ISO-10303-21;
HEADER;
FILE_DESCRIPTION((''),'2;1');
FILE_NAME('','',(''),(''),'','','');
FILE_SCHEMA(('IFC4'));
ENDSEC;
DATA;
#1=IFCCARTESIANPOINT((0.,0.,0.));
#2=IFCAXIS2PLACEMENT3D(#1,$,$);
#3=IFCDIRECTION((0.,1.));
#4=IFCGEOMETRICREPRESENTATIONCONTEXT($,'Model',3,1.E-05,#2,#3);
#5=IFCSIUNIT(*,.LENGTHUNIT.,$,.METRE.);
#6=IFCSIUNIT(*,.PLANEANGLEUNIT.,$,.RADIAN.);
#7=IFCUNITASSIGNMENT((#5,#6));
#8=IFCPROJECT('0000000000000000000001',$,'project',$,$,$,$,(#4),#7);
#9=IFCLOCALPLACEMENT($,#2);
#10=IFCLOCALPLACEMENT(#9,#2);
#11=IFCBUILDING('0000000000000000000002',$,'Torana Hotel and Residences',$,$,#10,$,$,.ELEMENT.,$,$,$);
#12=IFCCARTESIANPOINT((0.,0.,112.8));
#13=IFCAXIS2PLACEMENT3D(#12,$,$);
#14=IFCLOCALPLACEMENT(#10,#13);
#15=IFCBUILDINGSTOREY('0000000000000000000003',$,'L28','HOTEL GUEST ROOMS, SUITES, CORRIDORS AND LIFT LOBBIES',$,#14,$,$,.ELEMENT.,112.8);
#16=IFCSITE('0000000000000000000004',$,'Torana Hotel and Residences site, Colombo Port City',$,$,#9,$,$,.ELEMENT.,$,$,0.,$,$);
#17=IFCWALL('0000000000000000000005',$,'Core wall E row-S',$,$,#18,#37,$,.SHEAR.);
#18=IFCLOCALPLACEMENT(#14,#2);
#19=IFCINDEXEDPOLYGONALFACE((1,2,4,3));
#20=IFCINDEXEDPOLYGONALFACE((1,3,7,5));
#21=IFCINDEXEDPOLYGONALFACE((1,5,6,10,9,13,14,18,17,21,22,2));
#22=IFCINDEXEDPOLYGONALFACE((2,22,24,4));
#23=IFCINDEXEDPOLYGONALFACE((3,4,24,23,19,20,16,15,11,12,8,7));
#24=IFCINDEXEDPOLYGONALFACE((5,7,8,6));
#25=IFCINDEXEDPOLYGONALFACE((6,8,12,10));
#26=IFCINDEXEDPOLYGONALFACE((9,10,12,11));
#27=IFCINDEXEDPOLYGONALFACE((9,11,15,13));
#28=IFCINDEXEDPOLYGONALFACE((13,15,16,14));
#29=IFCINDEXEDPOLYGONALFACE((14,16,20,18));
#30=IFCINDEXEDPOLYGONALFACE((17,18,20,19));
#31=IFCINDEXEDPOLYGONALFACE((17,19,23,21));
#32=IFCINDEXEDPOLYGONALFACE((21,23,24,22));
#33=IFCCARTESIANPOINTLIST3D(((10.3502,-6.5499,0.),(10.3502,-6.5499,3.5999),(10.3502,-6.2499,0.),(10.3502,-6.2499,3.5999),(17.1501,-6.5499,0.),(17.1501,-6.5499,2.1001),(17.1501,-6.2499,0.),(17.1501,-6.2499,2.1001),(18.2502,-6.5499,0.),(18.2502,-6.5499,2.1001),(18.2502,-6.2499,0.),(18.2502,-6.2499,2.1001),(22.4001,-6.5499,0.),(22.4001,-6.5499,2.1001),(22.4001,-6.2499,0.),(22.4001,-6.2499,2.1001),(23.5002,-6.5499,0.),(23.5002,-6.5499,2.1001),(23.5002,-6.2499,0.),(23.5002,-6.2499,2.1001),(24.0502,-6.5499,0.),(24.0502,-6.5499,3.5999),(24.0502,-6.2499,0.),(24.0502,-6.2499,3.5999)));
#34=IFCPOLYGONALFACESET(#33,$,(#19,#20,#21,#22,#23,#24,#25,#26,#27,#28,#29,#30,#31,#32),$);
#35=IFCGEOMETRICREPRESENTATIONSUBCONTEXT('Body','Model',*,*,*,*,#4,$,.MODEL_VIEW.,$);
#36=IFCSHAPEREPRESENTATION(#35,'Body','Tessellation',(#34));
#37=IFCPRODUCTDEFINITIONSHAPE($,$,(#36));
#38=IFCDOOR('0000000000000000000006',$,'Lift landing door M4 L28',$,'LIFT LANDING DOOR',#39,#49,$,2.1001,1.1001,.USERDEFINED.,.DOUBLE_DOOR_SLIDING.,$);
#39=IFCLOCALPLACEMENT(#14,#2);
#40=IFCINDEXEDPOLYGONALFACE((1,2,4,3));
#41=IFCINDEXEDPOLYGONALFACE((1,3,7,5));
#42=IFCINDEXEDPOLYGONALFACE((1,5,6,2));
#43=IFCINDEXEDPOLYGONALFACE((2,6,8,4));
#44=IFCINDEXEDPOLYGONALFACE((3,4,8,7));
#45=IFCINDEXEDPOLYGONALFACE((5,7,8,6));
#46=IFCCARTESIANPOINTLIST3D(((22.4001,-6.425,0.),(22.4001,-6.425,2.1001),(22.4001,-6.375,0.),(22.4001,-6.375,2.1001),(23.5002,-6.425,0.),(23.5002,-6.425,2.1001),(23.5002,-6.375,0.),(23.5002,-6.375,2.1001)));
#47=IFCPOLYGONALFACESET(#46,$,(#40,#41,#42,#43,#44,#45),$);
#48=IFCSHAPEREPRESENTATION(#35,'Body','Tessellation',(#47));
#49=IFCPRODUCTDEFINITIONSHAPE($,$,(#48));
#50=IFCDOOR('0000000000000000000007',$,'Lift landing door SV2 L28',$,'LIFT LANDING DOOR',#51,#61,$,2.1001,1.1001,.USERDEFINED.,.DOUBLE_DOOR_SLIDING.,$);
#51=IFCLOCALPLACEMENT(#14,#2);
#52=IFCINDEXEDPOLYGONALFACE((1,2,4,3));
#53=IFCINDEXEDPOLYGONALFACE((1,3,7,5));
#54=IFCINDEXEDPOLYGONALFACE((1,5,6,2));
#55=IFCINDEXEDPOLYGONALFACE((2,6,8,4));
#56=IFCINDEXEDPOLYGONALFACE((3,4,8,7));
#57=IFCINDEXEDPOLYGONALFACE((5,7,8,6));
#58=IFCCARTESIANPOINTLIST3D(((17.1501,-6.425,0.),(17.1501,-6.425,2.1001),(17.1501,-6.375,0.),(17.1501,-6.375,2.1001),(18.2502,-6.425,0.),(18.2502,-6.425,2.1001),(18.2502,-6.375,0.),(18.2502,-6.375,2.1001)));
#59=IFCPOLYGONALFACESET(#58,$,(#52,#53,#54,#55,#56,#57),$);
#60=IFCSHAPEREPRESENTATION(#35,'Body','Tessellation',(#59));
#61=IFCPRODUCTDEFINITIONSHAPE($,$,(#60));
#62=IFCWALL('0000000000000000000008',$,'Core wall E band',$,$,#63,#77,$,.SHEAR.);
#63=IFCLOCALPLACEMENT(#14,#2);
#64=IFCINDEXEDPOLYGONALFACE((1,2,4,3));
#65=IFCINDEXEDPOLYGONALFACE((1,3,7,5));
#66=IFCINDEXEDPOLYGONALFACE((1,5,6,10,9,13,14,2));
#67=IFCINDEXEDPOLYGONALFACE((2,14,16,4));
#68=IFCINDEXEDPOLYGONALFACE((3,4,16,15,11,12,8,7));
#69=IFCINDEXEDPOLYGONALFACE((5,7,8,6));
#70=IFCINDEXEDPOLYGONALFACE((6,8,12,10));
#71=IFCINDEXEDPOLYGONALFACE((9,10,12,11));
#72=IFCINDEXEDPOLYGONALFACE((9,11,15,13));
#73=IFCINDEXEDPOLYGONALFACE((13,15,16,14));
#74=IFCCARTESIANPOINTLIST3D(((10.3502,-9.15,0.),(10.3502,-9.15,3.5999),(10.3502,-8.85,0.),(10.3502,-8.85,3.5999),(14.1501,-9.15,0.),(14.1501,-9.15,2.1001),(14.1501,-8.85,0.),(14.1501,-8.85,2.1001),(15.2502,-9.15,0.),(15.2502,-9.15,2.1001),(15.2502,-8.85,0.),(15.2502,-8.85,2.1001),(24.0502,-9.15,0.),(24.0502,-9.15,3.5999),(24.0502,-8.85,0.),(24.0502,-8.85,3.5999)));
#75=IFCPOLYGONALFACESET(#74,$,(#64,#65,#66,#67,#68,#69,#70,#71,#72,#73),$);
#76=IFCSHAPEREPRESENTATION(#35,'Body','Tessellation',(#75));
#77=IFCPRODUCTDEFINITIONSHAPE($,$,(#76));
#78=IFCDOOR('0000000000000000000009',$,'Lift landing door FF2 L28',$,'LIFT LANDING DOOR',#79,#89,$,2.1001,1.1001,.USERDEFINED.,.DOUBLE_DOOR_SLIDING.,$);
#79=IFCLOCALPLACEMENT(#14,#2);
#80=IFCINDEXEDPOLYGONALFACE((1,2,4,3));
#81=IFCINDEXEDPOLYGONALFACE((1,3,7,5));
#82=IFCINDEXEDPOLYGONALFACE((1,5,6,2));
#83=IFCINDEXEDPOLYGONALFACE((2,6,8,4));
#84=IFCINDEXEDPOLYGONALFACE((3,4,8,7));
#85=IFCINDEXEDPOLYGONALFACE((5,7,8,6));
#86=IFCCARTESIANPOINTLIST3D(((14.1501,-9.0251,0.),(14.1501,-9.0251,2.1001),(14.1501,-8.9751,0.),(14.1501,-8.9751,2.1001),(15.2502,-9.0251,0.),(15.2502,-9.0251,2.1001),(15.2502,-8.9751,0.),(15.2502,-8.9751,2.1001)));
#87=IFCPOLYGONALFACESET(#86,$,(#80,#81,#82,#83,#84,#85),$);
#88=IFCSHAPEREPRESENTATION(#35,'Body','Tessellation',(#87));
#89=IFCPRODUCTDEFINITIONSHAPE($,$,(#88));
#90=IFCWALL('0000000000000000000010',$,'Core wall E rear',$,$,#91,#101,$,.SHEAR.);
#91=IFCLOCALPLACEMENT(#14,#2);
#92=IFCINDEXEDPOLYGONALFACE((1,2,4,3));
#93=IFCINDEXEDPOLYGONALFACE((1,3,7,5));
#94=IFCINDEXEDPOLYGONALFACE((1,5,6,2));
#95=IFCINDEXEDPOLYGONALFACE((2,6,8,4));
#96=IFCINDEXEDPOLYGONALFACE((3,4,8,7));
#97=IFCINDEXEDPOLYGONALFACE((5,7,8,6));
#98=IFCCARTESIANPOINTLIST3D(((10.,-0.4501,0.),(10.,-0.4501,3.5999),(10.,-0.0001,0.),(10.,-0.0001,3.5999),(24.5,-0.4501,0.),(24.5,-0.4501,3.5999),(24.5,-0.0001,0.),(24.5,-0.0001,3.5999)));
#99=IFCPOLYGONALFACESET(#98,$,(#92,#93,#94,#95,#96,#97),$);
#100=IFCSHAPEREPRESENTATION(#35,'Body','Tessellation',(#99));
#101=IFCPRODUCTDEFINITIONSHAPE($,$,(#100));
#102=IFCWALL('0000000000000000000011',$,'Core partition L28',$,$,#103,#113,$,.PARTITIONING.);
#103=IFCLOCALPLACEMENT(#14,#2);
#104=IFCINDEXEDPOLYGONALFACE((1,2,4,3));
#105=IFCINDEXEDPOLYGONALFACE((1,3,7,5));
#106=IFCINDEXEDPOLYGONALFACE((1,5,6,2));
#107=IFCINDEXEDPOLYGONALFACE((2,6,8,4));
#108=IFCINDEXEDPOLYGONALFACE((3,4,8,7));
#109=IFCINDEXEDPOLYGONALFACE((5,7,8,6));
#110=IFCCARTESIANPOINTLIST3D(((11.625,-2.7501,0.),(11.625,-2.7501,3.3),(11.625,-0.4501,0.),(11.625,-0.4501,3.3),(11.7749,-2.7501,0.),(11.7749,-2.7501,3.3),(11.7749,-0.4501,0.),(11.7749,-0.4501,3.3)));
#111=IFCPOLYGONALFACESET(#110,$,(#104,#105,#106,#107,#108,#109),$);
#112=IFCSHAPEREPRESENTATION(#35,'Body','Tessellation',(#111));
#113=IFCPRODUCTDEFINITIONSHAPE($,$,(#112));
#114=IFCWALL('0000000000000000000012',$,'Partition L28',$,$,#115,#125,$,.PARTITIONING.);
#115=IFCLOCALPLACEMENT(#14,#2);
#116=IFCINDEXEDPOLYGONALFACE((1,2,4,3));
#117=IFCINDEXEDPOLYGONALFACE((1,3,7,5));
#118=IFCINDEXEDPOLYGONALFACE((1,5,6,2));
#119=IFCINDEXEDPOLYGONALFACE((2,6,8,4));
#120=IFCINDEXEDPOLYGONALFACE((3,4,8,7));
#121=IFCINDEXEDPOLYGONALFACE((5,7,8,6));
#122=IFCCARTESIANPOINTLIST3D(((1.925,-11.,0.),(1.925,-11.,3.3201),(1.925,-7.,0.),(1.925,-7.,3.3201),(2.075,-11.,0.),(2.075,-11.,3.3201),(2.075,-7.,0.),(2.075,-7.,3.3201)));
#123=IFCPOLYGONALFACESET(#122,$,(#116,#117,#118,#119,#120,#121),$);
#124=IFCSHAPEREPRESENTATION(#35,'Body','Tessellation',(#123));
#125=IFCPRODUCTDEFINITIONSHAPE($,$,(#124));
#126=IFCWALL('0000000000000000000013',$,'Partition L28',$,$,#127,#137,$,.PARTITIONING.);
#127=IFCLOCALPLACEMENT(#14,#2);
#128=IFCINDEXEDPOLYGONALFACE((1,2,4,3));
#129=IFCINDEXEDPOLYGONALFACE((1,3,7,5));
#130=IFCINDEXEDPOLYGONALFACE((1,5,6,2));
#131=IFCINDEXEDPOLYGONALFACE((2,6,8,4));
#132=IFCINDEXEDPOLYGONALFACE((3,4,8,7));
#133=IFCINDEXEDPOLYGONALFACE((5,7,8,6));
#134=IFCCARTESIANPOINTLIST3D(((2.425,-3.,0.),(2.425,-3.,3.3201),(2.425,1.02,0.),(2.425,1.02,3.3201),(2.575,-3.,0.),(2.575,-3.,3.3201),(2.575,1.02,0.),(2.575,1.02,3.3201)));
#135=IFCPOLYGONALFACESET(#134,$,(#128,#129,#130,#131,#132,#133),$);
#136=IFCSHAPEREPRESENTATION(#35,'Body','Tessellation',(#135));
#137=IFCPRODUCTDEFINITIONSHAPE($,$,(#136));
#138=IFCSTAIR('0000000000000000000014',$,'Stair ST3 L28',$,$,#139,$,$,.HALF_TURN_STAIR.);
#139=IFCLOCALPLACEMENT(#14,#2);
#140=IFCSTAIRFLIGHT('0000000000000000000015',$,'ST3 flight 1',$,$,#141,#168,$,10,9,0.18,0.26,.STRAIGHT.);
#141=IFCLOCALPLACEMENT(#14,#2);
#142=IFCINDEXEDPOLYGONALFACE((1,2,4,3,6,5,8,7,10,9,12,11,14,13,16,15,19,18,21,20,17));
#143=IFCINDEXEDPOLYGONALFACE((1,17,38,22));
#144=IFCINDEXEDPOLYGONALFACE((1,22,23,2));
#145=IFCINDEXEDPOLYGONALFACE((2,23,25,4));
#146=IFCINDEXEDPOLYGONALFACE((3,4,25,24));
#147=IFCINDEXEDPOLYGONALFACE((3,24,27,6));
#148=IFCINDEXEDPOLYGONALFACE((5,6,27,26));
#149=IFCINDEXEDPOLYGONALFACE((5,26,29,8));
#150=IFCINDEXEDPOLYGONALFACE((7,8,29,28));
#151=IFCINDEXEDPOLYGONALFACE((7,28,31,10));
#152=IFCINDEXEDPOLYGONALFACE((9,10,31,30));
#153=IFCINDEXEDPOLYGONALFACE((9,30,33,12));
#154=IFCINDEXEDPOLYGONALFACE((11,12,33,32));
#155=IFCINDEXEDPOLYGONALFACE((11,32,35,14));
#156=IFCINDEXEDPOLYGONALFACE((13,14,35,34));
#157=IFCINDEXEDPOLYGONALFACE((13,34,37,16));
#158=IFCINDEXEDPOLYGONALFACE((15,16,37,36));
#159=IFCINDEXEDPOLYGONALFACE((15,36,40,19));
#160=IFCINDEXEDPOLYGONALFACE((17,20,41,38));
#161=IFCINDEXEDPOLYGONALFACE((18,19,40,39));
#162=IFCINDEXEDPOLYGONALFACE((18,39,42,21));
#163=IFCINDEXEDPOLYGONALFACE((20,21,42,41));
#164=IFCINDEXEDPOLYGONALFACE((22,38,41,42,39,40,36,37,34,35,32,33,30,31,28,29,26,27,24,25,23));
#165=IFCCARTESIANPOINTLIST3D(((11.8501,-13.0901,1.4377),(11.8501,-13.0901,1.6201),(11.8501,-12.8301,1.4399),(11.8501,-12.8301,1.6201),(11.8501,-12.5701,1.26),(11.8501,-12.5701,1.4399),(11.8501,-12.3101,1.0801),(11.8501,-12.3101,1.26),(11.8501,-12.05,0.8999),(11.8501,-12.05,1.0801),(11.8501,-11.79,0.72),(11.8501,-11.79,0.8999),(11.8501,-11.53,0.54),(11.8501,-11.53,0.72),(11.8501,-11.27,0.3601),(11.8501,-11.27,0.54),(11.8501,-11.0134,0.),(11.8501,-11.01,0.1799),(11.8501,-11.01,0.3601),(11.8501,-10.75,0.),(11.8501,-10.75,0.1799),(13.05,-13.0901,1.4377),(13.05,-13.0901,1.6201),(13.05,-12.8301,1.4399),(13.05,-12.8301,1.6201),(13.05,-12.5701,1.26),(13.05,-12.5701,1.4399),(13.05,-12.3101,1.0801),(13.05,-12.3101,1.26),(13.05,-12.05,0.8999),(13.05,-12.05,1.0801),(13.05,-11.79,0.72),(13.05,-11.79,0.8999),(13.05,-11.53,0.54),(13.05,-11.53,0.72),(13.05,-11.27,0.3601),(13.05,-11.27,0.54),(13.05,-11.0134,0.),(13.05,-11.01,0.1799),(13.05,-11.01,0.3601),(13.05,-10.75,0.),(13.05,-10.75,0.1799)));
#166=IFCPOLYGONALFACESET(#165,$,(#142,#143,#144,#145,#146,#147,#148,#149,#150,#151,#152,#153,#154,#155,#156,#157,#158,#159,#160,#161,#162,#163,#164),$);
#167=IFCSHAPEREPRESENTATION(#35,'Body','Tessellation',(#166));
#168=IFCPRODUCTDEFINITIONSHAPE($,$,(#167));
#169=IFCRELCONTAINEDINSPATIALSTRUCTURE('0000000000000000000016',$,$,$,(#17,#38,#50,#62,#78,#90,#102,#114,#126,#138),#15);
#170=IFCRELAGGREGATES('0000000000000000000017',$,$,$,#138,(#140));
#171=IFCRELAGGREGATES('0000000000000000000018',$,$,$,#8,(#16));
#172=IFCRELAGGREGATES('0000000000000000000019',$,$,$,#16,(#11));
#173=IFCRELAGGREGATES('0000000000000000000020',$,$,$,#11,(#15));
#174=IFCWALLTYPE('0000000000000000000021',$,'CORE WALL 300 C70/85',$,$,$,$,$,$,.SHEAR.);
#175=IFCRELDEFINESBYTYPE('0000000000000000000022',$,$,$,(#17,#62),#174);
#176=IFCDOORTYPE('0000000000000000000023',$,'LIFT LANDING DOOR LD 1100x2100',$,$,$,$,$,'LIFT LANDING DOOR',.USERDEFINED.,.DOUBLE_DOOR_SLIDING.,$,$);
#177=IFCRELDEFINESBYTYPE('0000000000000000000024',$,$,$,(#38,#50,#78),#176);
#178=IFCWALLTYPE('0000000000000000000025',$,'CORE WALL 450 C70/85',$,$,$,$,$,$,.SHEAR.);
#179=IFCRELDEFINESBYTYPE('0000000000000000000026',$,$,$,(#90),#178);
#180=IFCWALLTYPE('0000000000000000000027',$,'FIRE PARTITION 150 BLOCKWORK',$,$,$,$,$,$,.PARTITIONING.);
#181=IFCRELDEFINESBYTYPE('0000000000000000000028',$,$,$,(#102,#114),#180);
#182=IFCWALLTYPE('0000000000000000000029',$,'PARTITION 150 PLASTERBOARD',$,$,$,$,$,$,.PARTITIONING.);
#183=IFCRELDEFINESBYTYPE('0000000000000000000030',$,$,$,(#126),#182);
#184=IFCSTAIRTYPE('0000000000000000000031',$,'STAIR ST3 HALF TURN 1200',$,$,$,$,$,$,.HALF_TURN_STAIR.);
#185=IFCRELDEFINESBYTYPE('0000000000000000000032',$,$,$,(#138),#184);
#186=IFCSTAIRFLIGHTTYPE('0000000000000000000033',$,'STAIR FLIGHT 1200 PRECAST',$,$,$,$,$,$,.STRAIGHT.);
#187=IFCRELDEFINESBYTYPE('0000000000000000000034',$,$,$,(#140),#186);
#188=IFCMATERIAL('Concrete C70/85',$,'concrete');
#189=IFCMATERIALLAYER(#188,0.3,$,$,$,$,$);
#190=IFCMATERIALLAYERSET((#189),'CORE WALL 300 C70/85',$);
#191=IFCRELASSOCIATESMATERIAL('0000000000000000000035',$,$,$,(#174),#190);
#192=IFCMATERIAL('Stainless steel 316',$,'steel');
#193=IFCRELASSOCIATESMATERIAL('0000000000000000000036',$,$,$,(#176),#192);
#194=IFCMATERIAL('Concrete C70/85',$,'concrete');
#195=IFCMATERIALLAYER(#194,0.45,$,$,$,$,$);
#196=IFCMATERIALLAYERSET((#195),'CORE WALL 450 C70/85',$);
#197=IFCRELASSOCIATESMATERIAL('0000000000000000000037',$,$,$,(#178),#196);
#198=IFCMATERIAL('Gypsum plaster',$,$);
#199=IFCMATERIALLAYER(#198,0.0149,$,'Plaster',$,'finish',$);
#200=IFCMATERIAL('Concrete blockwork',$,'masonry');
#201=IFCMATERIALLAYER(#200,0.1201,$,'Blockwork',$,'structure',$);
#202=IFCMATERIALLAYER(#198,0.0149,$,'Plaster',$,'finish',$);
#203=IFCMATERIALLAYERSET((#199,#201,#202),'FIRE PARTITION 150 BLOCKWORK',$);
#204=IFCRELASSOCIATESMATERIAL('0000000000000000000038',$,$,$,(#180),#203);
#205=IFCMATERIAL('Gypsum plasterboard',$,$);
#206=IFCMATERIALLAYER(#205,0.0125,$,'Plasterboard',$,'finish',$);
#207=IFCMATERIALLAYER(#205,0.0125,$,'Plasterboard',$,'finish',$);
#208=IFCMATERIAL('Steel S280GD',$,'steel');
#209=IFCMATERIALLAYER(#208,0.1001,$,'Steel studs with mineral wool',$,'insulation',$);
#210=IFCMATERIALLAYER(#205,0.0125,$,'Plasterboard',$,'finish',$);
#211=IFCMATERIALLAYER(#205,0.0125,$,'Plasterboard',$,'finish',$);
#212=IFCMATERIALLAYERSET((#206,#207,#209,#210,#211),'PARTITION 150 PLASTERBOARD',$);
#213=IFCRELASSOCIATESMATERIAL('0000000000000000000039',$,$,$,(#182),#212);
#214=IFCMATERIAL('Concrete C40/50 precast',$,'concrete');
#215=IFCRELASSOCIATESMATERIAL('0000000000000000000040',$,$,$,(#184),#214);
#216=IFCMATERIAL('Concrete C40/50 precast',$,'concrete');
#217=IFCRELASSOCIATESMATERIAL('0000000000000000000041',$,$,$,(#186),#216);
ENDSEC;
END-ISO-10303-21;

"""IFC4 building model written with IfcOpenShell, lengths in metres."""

from ifc_helpers import new_model, si_unit, direction, frame, frame_2d, origin, place, context, subcontext, project, spatial, polyline, rectangle, outline, extrude, material, layer, layer_set, type_object, element, fill, aggregate, save


model = new_model("IFC4")

# Units and contexts
model_context = context("Model", 3, precision=1e-05, world=origin(), true_north=direction((0.0, 1.0)))
body_context = subcontext(model_context, "Body", "Model", "MODEL_VIEW")
ifc_project = project(units=[si_unit("LENGTHUNIT", "METRE"), si_unit("PLANEANGLEUNIT", "RADIAN")], contexts=[model_context])

# Site, building, storey
site_placement = place(None, origin())
site = spatial("IfcSite", under=ifc_project, at=site_placement, Name="Torana Hotel and Residences site, Colombo Port City", CompositionType="ELEMENT", RefElevation=0.0)
building_placement = place(site_placement, origin())
building = spatial("IfcBuilding", under=site, at=building_placement, Name="Torana Hotel and Residences", CompositionType="ELEMENT")
storey_placement = place(building_placement, frame((0.0, 0.0, 112.8)))
storey = spatial("IfcBuildingStorey", under=building, at=storey_placement, Name="L28", Description="HOTEL GUEST ROOMS, SUITES, CORRIDORS AND LIFT LOBBIES", CompositionType="ELEMENT", Elevation=112.8)

# Wall, openings, doors
ifc_material_1 = material(Name="Concrete C70/85", Category="concrete")
ifc_layer_1 = layer(ifc_material_1, 0.3)
ifc_layer_set_1 = layer_set([ifc_layer_1], Name="CORE WALL 300 C70/85")
wall_type_1 = type_object("IfcWallType", Name="CORE WALL 300 C70/85", PredefinedType="SHEAR", material=ifc_layer_set_1)
ifc_material_2 = material(Name="Stainless steel 316", Category="steel")
door_type_1 = type_object("IfcDoorType", Name="LIFT LANDING DOOR LD 1100x2100", ElementType="LIFT LANDING DOOR", OperationType="DOUBLE_DOOR_SLIDING", PredefinedType="USERDEFINED", material=ifc_material_2)
wall_1_placement = place(storey_placement, frame((10.3501, -6.3999, 0.0), z_axis=(0.0, 0.0, 1.0), x_axis=(1.0, 0.0, 0.0)))
wall_1 = element("IfcWall", 1, at=wall_1_placement, inside=storey, type_object=wall_type_1, Name="Core wall E row-S", PredefinedType="SHEAR", context=body_context, shape_type="SweptSolid", body=[
    extrude(rectangle(XDim=13.7, YDim=0.3, at=frame_2d((6.8501, 0.0))), origin(), (0.0, 0.0, 1.0), 3.5999),
])
opening_1_placement = place(wall_1_placement, frame((12.05, 0.0, 0.0)))
opening_1 = element("IfcOpeningElement", 2, at=opening_1_placement, cuts=wall_1, PredefinedType="OPENING", context=body_context, shape_type="SweptSolid", body=[
    extrude(rectangle(XDim=1.1001, YDim=2.1001, at=frame_2d((0.55, 1.05))), frame((0.0, 0.1599, 0.0), z_axis=(0.0, -1.0, 0.0), x_axis=(1.0, 0.0, 0.0)), (0.0, 0.0, 1.0), 0.3201),
])
opening_2_placement = place(wall_1_placement, frame((6.8, 0.0, 0.0)))
opening_2 = element("IfcOpeningElement", 3, at=opening_2_placement, cuts=wall_1, PredefinedType="OPENING", context=body_context, shape_type="SweptSolid", body=[
    extrude(rectangle(XDim=1.1001, YDim=2.1001, at=frame_2d((0.55, 1.05))), frame((0.0, 0.1599, 0.0), z_axis=(0.0, -1.0, 0.0), x_axis=(1.0, 0.0, 0.0)), (0.0, 0.0, 1.0), 0.3201),
])
door_1_placement = place(opening_1_placement, origin())
door_1 = element("IfcDoor", 4, at=door_1_placement, inside=storey, type_object=door_type_1, Name="Lift landing door M4 L28", ObjectType="LIFT LANDING DOOR", OperationType="DOUBLE_DOOR_SLIDING", OverallHeight=2.1001, OverallWidth=1.1001, PredefinedType="USERDEFINED", context=body_context, shape_type="SweptSolid", body=[
    extrude(rectangle(XDim=1.1001, YDim=2.1001, at=frame_2d((0.55, 1.05))), frame((0.0, 0.0249, 0.0), z_axis=(0.0, -1.0, 0.0), x_axis=(1.0, 0.0, 0.0)), (0.0, 0.0, 1.0), 0.05),
])
fill(opening_1, door_1)
door_2_placement = place(opening_2_placement, origin())
door_2 = element("IfcDoor", 5, at=door_2_placement, inside=storey, type_object=door_type_1, Name="Lift landing door SV2 L28", ObjectType="LIFT LANDING DOOR", OperationType="DOUBLE_DOOR_SLIDING", OverallHeight=2.1001, OverallWidth=1.1001, PredefinedType="USERDEFINED", context=body_context, shape_type="SweptSolid", body=[
    extrude(rectangle(XDim=1.1001, YDim=2.1001, at=frame_2d((0.55, 1.05))), frame((0.0, 0.0249, 0.0), z_axis=(0.0, -1.0, 0.0), x_axis=(1.0, 0.0, 0.0)), (0.0, 0.0, 1.0), 0.05),
])
fill(opening_2, door_2)

# Wall, opening, door
wall_2_placement = place(storey_placement, frame((10.3501, -9.0, 0.0), z_axis=(0.0, 0.0, 1.0), x_axis=(1.0, 0.0, 0.0)))
wall_2 = element("IfcWall", 6, at=wall_2_placement, inside=storey, type_object=wall_type_1, Name="Core wall E band", PredefinedType="SHEAR", context=body_context, shape_type="SweptSolid", body=[
    extrude(rectangle(XDim=13.7, YDim=0.3, at=frame_2d((6.8501, 0.0))), origin(), (0.0, 0.0, 1.0), 3.5999),
])
opening_3_placement = place(wall_2_placement, frame((3.8, 0.0, 0.0)))
opening_3 = element("IfcOpeningElement", 7, at=opening_3_placement, cuts=wall_2, PredefinedType="OPENING", context=body_context, shape_type="SweptSolid", body=[
    extrude(rectangle(XDim=1.1001, YDim=2.1001, at=frame_2d((0.55, 1.05))), frame((0.0, 0.1599, 0.0), z_axis=(0.0, -1.0, 0.0), x_axis=(1.0, 0.0, 0.0)), (0.0, 0.0, 1.0), 0.3201),
])
door_3_placement = place(opening_3_placement, origin())
door_3 = element("IfcDoor", 8, at=door_3_placement, inside=storey, type_object=door_type_1, Name="Lift landing door FF2 L28", ObjectType="LIFT LANDING DOOR", OperationType="DOUBLE_DOOR_SLIDING", OverallHeight=2.1001, OverallWidth=1.1001, PredefinedType="USERDEFINED", context=body_context, shape_type="SweptSolid", body=[
    extrude(rectangle(XDim=1.1001, YDim=2.1001, at=frame_2d((0.55, 1.05))), frame((0.0, 0.0249, 0.0), z_axis=(0.0, -1.0, 0.0), x_axis=(1.0, 0.0, 0.0)), (0.0, 0.0, 1.0), 0.05),
])
fill(opening_3, door_3)

# Walls
ifc_material_3 = material(Name="Concrete C70/85", Category="concrete")
ifc_layer_2 = layer(ifc_material_3, 0.45)
ifc_layer_set_2 = layer_set([ifc_layer_2], Name="CORE WALL 450 C70/85")
wall_type_2 = type_object("IfcWallType", Name="CORE WALL 450 C70/85", PredefinedType="SHEAR", material=ifc_layer_set_2)
wall_3_placement = place(storey_placement, frame((10.0, -0.2251, 0.0), z_axis=(0.0, 0.0, 1.0), x_axis=(1.0, 0.0, 0.0)))
element("IfcWall", 9, at=wall_3_placement, inside=storey, type_object=wall_type_2, Name="Core wall E rear", PredefinedType="SHEAR", context=body_context, shape_type="SweptSolid", body=[
    extrude(rectangle(XDim=14.5, YDim=0.45, at=frame_2d((7.25, 0.0))), origin(), (0.0, 0.0, 1.0), 3.5999),
])
ifc_material_4 = material(Name="Gypsum plaster")
ifc_layer_3 = layer(ifc_material_4, 0.0149, Name="Plaster", Category="finish")
ifc_material_5 = material(Name="Concrete blockwork", Category="masonry")
ifc_layer_4 = layer(ifc_material_5, 0.1201, Name="Blockwork", Category="structure")
ifc_layer_5 = layer(ifc_material_4, 0.0149, Name="Plaster", Category="finish")
ifc_layer_set_3 = layer_set([ifc_layer_3, ifc_layer_4, ifc_layer_5], Name="FIRE PARTITION 150 BLOCKWORK")
wall_type_3 = type_object("IfcWallType", Name="FIRE PARTITION 150 BLOCKWORK", PredefinedType="PARTITIONING", material=ifc_layer_set_3)
wall_4_placement = place(storey_placement, frame((11.7, -2.75, 0.0), z_axis=(0.0, 0.0, 1.0), x_axis=(0.0, 1.0, 0.0)))
element("IfcWall", 10, at=wall_4_placement, inside=storey, type_object=wall_type_3, Name="Core partition L28", PredefinedType="PARTITIONING", context=body_context, shape_type="SweptSolid", body=[
    extrude(rectangle(XDim=2.3, YDim=0.1499, at=frame_2d((1.1499, 0.0))), origin(), (0.0, 0.0, 1.0), 3.3),
])
wall_5_placement = place(storey_placement, frame((2.0, -11.0, 0.0), z_axis=(0.0, 0.0, 1.0), x_axis=(0.0, 1.0, 0.0)))
element("IfcWall", 11, at=wall_5_placement, inside=storey, type_object=wall_type_3, Name="Partition L28", PredefinedType="PARTITIONING", context=body_context, shape_type="SweptSolid", body=[
    extrude(rectangle(XDim=4.0, YDim=0.1499, at=frame_2d((2.0, 0.0))), origin(), (0.0, 0.0, 1.0), 3.3201),
])
ifc_material_6 = material(Name="Gypsum plasterboard")
ifc_layer_6 = layer(ifc_material_6, 0.0125, Name="Plasterboard", Category="finish")
ifc_layer_7 = layer(ifc_material_6, 0.0125, Name="Plasterboard", Category="finish")
ifc_material_7 = material(Name="Steel S280GD", Category="steel")
ifc_layer_8 = layer(ifc_material_7, 0.1001, Name="Steel studs with mineral wool", Category="insulation")
ifc_layer_9 = layer(ifc_material_6, 0.0125, Name="Plasterboard", Category="finish")
ifc_layer_10 = layer(ifc_material_6, 0.0125, Name="Plasterboard", Category="finish")
ifc_layer_set_4 = layer_set([ifc_layer_6, ifc_layer_7, ifc_layer_8, ifc_layer_9, ifc_layer_10], Name="PARTITION 150 PLASTERBOARD")
wall_type_4 = type_object("IfcWallType", Name="PARTITION 150 PLASTERBOARD", PredefinedType="PARTITIONING", material=ifc_layer_set_4)
wall_6_placement = place(storey_placement, frame((2.5, -3.0, 0.0), z_axis=(0.0, 0.0, 1.0), x_axis=(0.0, 1.0, 0.0)))
element("IfcWall", 12, at=wall_6_placement, inside=storey, type_object=wall_type_4, Name="Partition L28", PredefinedType="PARTITIONING", context=body_context, shape_type="SweptSolid", body=[
    extrude(rectangle(XDim=4.02, YDim=0.1499, at=frame_2d((2.01, 0.0))), origin(), (0.0, 0.0, 1.0), 3.3201),
])

# Stair, stair flight
ifc_material_8 = material(Name="Concrete C40/50 precast", Category="concrete")
stair_type = type_object("IfcStairType", Name="STAIR ST3 HALF TURN 1200", PredefinedType="HALF_TURN_STAIR", material=ifc_material_8)
stair_placement = place(storey_placement, origin())
stair = element("IfcStair", 13, at=stair_placement, inside=storey, type_object=stair_type, Name="Stair ST3 L28", PredefinedType="HALF_TURN_STAIR")
ifc_material_9 = material(Name="Concrete C40/50 precast", Category="concrete")
stair_flight_type = type_object("IfcStairFlightType", Name="STAIR FLIGHT 1200 PRECAST", PredefinedType="STRAIGHT", material=ifc_material_9)
stair_flight_1_placement = place(storey_placement, frame((12.45, -10.75, 0.0), z_axis=(0.0, 0.0, 1.0), x_axis=(0.0, -1.0, 0.0)))
stair_flight_1 = element("IfcStairFlight", 14, at=stair_flight_1_placement, type_object=stair_flight_type, Name="ST3 flight 1", NumberOfRisers=10, NumberOfTreads=9, PredefinedType="STRAIGHT", RiserHeight=0.18, TreadLength=0.26, context=body_context, shape_type="SweptSolid", body=[
    extrude(outline(polyline([(0.0, 0.0), (0.0, 0.1799), (0.26, 0.1799), (0.26, 0.3601), (0.52, 0.3601), (0.52, 0.54), (0.78, 0.54), (0.78, 0.72), (1.04, 0.72), (1.04, 0.8999), (1.3, 0.8999), (1.3, 1.0801), (1.5601, 1.0801), (1.5601, 1.26), (1.8201, 1.26), (1.8201, 1.4399), (2.0801, 1.4399), (2.0801, 1.6201), (2.3401, 1.6201), (2.3401, 1.8), (2.3401, 1.4377), (0.2634, 0.0), (0.0, 0.0)])), frame((0.0, 0.6001, 0.0), z_axis=(0.0, -1.0, 0.0), x_axis=(1.0, 0.0, 0.0)), (0.0, 0.0, 1.0), 1.2),
])
aggregate(stair, [stair_flight_1])

save(model, "model.ifc")
